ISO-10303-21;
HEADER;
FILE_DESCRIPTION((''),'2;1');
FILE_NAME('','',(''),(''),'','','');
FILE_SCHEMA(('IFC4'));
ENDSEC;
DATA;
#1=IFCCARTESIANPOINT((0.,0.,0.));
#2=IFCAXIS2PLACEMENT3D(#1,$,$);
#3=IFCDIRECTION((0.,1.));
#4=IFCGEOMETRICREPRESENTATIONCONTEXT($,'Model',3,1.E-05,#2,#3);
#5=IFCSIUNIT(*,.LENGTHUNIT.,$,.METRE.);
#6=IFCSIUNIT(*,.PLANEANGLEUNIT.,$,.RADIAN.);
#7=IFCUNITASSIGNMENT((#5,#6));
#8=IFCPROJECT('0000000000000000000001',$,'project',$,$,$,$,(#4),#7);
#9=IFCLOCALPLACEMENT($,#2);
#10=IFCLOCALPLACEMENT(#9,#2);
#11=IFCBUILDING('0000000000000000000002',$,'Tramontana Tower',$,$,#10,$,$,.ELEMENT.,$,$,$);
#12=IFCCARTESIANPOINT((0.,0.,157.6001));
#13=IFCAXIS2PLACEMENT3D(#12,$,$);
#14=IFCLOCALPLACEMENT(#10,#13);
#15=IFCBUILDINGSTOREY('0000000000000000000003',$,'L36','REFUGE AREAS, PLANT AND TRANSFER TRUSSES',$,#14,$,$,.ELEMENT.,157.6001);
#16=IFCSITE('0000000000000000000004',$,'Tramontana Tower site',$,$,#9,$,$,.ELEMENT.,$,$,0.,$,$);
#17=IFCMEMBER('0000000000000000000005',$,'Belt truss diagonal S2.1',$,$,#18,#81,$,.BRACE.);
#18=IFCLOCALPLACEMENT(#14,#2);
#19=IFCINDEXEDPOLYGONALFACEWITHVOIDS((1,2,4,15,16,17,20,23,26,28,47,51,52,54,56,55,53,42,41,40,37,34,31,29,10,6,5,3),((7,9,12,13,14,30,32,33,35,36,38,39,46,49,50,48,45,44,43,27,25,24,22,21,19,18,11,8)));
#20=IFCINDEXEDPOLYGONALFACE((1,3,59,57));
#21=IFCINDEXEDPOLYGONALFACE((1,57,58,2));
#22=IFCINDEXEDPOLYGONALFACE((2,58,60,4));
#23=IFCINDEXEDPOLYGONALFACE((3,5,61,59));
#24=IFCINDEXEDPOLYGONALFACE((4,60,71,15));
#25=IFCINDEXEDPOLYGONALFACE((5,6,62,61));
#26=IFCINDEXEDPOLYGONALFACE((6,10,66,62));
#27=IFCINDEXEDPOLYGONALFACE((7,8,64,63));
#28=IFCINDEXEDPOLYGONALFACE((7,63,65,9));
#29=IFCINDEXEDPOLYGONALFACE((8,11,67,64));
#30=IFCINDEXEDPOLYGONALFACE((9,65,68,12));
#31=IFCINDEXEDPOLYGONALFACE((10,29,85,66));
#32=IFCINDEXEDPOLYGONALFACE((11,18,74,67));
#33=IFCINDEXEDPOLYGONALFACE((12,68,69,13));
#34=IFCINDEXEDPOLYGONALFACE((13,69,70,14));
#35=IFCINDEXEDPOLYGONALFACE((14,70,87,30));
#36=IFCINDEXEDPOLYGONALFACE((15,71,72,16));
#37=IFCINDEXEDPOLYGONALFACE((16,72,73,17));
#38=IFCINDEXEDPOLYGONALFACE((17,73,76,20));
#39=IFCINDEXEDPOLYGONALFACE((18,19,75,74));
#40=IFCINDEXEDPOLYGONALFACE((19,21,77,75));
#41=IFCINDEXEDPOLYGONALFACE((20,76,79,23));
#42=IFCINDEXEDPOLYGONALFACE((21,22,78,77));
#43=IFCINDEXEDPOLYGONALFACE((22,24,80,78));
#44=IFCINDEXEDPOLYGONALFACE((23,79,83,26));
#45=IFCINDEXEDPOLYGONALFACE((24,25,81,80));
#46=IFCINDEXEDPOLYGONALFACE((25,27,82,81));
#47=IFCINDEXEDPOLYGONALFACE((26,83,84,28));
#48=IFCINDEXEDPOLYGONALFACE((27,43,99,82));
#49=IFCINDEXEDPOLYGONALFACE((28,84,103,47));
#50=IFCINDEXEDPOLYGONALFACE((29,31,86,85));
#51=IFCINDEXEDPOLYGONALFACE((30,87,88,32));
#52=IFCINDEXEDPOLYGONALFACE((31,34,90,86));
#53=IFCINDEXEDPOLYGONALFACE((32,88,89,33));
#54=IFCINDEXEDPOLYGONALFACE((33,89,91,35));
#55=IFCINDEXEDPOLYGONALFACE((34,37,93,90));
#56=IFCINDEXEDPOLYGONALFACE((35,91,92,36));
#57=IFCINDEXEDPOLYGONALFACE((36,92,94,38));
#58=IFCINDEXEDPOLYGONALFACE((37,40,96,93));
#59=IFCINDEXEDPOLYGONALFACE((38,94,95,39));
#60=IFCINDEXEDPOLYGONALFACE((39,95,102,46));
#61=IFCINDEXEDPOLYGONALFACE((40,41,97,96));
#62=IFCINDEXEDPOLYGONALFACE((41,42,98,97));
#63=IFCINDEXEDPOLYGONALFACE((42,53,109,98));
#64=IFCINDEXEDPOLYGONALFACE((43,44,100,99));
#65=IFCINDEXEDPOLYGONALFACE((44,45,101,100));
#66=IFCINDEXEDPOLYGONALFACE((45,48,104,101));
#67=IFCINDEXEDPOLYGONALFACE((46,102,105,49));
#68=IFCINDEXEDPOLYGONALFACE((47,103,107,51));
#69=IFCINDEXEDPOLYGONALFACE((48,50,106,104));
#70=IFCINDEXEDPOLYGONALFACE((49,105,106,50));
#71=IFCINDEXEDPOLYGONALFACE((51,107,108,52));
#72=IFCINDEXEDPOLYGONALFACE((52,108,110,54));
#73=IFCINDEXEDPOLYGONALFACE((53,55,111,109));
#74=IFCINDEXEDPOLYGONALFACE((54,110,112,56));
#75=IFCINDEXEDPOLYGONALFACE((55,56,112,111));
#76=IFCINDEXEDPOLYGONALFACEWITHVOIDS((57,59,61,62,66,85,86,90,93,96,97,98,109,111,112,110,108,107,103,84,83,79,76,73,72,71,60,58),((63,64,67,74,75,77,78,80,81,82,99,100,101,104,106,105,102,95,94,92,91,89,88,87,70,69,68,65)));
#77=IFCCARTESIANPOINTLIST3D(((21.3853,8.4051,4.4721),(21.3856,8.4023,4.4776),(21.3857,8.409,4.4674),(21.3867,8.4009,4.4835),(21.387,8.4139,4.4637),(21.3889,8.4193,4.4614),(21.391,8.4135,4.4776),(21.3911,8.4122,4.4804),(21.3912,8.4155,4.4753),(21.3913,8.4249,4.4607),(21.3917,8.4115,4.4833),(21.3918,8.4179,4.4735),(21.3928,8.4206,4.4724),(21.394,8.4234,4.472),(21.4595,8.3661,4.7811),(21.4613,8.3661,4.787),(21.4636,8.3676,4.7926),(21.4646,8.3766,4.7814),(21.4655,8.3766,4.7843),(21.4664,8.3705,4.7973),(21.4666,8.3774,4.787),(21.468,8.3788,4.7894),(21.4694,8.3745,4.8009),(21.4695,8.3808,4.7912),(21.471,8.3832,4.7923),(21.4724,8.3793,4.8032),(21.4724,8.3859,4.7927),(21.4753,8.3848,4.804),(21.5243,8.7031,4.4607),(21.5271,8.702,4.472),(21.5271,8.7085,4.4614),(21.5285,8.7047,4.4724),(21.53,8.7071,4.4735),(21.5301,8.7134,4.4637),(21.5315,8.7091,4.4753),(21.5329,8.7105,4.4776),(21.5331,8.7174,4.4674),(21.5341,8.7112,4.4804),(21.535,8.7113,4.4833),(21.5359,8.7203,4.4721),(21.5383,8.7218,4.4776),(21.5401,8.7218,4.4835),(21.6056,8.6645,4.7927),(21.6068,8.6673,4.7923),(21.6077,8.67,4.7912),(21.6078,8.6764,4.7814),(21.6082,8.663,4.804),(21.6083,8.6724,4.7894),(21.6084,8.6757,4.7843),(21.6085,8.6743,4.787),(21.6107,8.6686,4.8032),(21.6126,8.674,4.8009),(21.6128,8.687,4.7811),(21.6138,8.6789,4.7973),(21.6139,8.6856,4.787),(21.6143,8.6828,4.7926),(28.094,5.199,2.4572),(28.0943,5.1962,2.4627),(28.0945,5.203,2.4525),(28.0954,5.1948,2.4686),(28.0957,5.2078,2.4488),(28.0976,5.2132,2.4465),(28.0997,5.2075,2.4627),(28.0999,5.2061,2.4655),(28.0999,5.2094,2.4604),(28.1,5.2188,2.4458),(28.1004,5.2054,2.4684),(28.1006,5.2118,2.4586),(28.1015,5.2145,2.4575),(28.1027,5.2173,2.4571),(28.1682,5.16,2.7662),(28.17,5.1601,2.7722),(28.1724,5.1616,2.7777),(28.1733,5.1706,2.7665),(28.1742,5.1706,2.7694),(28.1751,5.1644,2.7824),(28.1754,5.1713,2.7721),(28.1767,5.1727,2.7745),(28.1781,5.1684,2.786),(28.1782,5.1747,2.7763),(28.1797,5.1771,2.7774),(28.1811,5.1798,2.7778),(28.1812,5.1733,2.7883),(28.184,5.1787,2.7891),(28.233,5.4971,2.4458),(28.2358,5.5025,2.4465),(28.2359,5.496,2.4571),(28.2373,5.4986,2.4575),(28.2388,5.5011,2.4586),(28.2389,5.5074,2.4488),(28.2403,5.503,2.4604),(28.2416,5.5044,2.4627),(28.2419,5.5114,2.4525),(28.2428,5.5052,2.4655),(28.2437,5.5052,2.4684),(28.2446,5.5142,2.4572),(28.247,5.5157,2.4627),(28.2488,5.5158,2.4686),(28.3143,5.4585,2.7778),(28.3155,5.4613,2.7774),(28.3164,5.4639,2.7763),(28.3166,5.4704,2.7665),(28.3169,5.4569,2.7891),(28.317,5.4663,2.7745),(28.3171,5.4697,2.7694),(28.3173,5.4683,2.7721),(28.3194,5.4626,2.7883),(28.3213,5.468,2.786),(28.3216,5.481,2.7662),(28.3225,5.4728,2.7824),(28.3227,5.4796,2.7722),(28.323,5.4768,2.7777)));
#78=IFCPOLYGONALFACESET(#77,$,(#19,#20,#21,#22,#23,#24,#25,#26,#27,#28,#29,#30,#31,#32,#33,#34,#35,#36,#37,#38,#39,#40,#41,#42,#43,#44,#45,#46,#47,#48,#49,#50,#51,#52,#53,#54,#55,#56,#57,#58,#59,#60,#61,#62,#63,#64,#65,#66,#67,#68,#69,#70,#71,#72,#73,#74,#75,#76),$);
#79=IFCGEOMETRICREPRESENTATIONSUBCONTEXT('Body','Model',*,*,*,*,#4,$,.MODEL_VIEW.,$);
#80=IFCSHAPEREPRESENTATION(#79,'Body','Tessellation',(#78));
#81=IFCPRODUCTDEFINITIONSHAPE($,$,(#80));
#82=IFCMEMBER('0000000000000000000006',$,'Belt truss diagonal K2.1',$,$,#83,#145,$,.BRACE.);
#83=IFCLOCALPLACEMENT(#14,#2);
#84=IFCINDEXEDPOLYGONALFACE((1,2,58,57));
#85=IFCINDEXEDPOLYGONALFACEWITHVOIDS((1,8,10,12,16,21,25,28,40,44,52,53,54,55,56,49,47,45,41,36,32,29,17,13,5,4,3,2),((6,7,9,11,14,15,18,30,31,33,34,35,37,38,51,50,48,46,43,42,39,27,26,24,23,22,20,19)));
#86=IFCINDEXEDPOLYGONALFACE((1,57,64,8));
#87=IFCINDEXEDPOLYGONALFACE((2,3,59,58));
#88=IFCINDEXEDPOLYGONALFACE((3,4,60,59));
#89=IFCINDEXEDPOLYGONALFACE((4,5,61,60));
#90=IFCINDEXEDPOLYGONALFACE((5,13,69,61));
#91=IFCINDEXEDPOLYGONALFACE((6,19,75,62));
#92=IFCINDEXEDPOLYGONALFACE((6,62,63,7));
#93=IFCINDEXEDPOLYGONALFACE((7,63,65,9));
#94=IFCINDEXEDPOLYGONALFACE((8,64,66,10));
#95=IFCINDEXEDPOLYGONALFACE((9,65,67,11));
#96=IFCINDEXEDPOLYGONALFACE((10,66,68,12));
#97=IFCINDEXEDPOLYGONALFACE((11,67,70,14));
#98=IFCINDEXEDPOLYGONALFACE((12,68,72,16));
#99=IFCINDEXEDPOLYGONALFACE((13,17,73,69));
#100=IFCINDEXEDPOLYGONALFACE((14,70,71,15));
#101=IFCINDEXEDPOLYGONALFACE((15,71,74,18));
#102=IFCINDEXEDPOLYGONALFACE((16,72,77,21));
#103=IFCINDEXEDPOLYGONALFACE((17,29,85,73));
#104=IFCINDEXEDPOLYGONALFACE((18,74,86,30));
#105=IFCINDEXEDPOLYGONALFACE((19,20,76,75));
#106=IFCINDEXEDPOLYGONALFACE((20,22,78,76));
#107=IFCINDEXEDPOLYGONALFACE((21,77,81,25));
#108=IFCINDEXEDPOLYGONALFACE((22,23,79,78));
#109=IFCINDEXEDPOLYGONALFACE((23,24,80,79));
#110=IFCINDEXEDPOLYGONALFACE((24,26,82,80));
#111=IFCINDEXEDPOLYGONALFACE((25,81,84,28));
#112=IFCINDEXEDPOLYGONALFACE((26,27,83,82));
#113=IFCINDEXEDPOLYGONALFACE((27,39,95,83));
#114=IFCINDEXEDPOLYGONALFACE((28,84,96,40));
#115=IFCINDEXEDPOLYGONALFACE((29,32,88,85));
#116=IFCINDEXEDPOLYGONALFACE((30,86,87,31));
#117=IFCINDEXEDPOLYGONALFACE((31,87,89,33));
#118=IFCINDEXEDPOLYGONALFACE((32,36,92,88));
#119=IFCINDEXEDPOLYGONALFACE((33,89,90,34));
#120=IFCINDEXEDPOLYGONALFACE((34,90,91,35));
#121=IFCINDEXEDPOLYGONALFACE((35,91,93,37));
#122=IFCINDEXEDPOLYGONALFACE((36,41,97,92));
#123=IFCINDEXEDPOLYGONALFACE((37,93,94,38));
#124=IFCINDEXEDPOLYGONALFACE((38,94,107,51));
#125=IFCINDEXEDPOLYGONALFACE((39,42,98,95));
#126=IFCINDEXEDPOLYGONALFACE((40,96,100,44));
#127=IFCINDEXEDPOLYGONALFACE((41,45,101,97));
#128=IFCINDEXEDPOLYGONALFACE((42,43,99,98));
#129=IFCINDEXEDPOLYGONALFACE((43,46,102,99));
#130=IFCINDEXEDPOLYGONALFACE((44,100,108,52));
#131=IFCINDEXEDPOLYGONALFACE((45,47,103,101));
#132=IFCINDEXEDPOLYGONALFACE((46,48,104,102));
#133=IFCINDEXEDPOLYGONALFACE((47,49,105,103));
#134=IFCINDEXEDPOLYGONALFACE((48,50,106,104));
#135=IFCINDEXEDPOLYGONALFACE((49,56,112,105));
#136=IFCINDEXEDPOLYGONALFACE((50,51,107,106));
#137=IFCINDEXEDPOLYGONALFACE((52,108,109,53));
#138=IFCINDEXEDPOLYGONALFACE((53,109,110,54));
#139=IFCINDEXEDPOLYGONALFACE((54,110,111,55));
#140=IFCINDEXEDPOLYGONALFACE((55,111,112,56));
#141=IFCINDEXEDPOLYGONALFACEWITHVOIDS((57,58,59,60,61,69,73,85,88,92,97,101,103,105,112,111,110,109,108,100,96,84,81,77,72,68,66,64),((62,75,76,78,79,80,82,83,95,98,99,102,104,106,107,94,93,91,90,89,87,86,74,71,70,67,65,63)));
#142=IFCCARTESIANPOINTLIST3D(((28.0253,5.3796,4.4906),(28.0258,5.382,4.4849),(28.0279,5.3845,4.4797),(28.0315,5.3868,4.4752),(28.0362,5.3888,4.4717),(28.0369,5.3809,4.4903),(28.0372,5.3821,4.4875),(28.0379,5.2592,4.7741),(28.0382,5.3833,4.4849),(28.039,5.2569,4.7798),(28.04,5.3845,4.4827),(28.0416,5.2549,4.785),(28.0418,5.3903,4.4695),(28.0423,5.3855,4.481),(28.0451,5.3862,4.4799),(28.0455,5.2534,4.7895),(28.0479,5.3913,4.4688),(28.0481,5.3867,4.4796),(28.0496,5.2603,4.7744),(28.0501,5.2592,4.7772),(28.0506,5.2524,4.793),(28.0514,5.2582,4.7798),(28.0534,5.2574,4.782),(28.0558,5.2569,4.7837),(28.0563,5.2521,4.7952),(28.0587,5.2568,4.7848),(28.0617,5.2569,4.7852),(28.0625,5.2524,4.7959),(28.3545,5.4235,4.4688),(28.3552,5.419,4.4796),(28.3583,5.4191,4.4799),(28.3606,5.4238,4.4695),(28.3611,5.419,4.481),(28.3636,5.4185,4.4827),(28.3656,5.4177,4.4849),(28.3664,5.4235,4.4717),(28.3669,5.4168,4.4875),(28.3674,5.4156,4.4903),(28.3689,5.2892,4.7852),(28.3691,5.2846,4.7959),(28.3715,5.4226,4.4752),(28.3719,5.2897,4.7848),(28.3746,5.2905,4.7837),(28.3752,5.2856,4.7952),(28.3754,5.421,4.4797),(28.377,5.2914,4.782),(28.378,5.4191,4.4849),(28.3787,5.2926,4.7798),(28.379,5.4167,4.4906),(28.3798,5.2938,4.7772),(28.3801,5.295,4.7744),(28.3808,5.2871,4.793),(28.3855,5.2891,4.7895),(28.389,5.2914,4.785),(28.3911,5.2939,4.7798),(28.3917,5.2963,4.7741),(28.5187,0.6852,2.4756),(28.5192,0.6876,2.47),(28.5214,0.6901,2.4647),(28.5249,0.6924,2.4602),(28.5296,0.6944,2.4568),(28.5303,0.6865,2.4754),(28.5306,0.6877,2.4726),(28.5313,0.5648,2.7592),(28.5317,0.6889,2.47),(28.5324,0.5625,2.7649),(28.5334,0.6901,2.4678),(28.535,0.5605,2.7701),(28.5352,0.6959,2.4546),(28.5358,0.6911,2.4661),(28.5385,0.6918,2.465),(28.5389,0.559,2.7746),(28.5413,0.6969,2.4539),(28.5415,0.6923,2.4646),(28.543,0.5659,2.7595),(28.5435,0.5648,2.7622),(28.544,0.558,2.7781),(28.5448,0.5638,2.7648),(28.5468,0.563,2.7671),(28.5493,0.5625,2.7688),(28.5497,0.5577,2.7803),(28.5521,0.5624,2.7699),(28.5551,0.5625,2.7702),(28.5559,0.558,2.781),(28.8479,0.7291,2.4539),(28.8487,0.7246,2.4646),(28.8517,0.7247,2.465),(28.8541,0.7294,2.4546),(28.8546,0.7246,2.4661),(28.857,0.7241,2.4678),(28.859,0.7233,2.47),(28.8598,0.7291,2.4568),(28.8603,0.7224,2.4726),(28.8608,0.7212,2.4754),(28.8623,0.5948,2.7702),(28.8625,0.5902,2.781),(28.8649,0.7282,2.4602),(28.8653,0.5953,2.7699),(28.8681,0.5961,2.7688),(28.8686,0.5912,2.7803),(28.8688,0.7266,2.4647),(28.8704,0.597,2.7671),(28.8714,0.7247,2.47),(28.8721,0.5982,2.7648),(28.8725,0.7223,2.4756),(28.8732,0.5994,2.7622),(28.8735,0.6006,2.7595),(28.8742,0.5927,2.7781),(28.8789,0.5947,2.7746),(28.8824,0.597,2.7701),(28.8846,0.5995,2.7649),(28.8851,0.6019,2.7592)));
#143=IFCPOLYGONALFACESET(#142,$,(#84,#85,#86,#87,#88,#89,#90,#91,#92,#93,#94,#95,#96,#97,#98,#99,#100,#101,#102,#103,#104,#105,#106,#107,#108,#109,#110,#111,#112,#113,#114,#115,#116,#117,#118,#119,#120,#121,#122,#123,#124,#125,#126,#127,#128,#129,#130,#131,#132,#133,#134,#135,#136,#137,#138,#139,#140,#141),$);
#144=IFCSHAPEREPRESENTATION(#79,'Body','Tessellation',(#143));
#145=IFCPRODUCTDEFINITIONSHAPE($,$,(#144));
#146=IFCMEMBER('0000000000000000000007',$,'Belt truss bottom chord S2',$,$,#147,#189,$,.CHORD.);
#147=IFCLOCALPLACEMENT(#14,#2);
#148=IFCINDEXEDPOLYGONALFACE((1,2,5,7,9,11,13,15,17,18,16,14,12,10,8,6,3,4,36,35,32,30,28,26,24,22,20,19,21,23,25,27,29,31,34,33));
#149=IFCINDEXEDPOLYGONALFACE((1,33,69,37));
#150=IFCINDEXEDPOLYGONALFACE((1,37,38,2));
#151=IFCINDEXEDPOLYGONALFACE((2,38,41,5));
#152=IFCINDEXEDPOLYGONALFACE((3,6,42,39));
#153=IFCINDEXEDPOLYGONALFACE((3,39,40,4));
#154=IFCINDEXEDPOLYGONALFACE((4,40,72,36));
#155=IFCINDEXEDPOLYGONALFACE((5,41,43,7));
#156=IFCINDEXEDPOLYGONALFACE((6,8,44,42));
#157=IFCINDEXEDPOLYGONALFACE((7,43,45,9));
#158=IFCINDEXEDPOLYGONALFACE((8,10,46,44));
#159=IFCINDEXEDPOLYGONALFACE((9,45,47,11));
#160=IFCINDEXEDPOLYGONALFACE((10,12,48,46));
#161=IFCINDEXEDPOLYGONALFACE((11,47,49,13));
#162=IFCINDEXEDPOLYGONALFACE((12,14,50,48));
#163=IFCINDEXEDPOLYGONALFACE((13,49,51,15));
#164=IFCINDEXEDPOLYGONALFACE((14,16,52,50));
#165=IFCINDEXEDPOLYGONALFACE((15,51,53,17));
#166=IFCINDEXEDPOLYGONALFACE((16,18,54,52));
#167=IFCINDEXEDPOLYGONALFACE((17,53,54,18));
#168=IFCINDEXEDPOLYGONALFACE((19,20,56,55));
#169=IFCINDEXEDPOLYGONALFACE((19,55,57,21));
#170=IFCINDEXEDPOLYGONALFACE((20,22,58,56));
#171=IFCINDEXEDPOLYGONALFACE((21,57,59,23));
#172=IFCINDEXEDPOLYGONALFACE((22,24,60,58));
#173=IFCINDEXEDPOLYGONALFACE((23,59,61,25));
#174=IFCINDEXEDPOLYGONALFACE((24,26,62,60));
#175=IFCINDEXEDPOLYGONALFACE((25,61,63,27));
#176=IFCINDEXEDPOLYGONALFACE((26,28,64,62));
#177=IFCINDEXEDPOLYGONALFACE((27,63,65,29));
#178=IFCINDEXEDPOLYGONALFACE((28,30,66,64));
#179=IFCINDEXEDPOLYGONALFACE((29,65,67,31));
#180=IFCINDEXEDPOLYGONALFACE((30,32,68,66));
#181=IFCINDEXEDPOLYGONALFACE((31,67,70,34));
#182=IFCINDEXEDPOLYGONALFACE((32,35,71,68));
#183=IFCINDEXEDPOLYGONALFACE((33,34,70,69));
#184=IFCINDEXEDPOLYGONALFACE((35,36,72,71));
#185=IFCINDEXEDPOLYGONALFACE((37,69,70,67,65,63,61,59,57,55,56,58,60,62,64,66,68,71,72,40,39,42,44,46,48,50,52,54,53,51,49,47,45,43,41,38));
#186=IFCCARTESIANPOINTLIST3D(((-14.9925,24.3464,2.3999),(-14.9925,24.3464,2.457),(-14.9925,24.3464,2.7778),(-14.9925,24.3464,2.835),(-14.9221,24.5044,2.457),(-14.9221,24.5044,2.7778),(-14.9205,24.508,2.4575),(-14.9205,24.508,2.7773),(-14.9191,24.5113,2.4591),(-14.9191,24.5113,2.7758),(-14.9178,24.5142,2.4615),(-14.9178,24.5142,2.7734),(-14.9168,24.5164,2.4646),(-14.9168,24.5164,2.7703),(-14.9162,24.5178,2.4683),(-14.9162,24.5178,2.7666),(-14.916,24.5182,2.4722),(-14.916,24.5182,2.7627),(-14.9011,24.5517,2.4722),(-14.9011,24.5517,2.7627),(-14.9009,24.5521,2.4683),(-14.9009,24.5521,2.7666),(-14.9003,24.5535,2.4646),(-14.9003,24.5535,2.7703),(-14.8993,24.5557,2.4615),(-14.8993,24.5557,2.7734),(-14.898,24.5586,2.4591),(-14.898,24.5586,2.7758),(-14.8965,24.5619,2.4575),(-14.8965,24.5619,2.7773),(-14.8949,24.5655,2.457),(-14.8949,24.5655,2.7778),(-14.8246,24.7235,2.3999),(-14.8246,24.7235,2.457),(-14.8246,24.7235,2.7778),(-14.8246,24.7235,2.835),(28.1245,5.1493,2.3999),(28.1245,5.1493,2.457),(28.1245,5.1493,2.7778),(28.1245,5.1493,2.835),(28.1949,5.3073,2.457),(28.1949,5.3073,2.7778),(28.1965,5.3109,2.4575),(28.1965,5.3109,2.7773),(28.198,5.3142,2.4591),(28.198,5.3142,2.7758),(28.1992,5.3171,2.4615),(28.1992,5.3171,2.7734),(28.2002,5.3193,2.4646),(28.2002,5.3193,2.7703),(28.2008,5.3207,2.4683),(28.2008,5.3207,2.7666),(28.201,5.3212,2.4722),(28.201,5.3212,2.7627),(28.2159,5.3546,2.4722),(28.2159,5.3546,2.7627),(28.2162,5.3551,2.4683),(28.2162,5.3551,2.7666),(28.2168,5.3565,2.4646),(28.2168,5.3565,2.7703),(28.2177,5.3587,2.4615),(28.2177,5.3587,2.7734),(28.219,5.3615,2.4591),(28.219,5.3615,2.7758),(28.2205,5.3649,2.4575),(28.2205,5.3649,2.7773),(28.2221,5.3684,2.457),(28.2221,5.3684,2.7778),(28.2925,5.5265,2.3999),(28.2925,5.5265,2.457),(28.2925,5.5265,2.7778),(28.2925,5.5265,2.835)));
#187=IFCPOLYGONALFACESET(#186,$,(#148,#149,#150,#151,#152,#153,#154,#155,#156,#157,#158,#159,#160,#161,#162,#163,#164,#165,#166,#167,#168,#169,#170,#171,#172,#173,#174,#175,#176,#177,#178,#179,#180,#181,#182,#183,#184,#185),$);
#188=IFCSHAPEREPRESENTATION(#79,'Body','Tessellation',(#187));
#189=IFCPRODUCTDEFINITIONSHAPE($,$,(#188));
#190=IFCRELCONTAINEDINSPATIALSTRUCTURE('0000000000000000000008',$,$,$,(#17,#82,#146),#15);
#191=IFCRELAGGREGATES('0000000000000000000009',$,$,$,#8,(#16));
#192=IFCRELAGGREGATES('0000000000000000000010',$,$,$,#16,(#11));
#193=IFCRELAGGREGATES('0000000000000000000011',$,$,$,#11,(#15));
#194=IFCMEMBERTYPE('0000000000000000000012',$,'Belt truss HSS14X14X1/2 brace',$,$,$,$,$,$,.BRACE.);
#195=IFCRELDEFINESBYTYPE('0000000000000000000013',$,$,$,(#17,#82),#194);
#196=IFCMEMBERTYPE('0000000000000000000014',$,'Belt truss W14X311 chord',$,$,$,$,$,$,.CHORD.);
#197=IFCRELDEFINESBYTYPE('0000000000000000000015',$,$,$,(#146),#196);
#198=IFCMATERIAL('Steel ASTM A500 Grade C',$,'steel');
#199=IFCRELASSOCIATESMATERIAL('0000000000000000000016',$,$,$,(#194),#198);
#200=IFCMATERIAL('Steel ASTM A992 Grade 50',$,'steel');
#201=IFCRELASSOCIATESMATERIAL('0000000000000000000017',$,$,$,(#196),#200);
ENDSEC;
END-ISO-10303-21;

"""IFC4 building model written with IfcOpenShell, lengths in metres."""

from ifc_helpers import new_model, si_unit, direction, frame, origin, origin_2d, place, context, subcontext, project, spatial, hollow_rectangle, i_section, extrude, material, material_profile, profile_set, type_object, element, save


model = new_model("IFC4")

# Units and contexts
model_context = context("Model", 3, precision=1e-05, world=origin(), true_north=direction((0.0, 1.0)))
body_context = subcontext(model_context, "Body", "Model", "MODEL_VIEW")
ifc_project = project(units=[si_unit("LENGTHUNIT", "METRE"), si_unit("PLANEANGLEUNIT", "RADIAN")], contexts=[model_context])

# Site, building, storey
site_placement = place(None, origin())
site = spatial("IfcSite", under=ifc_project, at=site_placement, Name="Tramontana Tower site", CompositionType="ELEMENT", RefElevation=0.0)
building_placement = place(site_placement, origin())
building = spatial("IfcBuilding", under=site, at=building_placement, Name="Tramontana Tower", CompositionType="ELEMENT")
storey_placement = place(building_placement, frame((0.0, 0.0, 157.6001)))
storey = spatial("IfcBuildingStorey", under=building, at=storey_placement, Name="L36", Description="REFUGE AREAS, PLANT AND TRANSFER TRUSSES", CompositionType="ELEMENT", Elevation=157.6001)

# Members
ifc_material_1 = material(Name="Steel ASTM A500 Grade C", Category="steel")
ifc_material_profile_1 = material_profile(ifc_material_1, hollow_rectangle(XDim=0.3557, YDim=0.3557, WallThickness=0.0117, InnerFilletRadius=0.0117, OuterFilletRadius=0.0237, at=origin_2d()), Name="HSS14X14X1/2")
ifc_profile_set_1 = profile_set([ifc_material_profile_1], Name="Steel ASTM A500 Grade C")
member_type_1 = type_object("IfcMemberType", Name="Belt truss HSS14X14X1/2 brace", PredefinedType="BRACE", material=ifc_profile_set_1)
member_1_placement = place(storey_placement, frame((28.2085, 5.3379, 2.6174), z_axis=(-0.870855, 0.416175, 0.261551), x_axis=(-0.431185, -0.902264, 0.0)))
element("IfcMember", 1, at=member_1_placement, inside=storey, type_object=member_type_1, Name="Belt truss diagonal S2.1", PredefinedType="BRACE", context=body_context, shape_type="SweptSolid", body=[
    extrude(hollow_rectangle(XDim=0.3557, YDim=0.3557, WallThickness=0.0117, InnerFilletRadius=0.0117, OuterFilletRadius=0.0237, at=origin_2d()), origin(), (0.0, 0.0, 1.0), 7.7036),
])
member_2_placement = place(storey_placement, frame((28.7019, 0.6436, 2.6174), z_axis=(-0.096139, 0.914673, 0.392594), x_axis=(-0.994522, -0.104531, 0.0)))
element("IfcMember", 2, at=member_2_placement, inside=storey, type_object=member_type_1, Name="Belt truss diagonal K2.1", PredefinedType="BRACE", context=body_context, shape_type="SweptSolid", body=[
    extrude(hollow_rectangle(XDim=0.3557, YDim=0.3557, WallThickness=0.0117, InnerFilletRadius=0.0117, OuterFilletRadius=0.0237, at=origin_2d()), origin(), (0.0, 0.0, 1.0), 5.1323),
])
ifc_material_2 = material(Name="Steel ASTM A992 Grade 50", Category="steel")
ifc_material_profile_2 = material_profile(ifc_material_2, i_section(OverallWidth=0.4128, OverallDepth=0.4351, WebThickness=0.0366, FlangeThickness=0.0571, FilletRadius=0.0151, at=origin_2d()), Name="W14X311")
ifc_profile_set_2 = profile_set([ifc_material_profile_2], Name="Steel ASTM A992 Grade 50")
member_type_2 = type_object("IfcMemberType", Name="Belt truss W14X311 chord", PredefinedType="CHORD", material=ifc_profile_set_2)
for number, where, z_axis, x_axis, name in (
    (3, (28.2085, 5.3379, 2.6174), (-0.913545, 0.406739, 0.0), (-0.406739, -0.913545, 0.0), "Belt truss bottom chord S2"),
):
    element("IfcMember", number, at=place(storey_placement, frame(where, z_axis=z_axis, x_axis=x_axis)), inside=storey, type_object=member_type_2, Name=name, PredefinedType="CHORD", context=body_context, shape_type="SweptSolid", body=[
        extrude(i_section(OverallWidth=0.4128, OverallDepth=0.4351, WebThickness=0.0366, FlangeThickness=0.0571, FilletRadius=0.0151, at=origin_2d()), origin(), (0.0, 0.0, 1.0), 47.1975),
    ])

save(model, "model.ifc")
